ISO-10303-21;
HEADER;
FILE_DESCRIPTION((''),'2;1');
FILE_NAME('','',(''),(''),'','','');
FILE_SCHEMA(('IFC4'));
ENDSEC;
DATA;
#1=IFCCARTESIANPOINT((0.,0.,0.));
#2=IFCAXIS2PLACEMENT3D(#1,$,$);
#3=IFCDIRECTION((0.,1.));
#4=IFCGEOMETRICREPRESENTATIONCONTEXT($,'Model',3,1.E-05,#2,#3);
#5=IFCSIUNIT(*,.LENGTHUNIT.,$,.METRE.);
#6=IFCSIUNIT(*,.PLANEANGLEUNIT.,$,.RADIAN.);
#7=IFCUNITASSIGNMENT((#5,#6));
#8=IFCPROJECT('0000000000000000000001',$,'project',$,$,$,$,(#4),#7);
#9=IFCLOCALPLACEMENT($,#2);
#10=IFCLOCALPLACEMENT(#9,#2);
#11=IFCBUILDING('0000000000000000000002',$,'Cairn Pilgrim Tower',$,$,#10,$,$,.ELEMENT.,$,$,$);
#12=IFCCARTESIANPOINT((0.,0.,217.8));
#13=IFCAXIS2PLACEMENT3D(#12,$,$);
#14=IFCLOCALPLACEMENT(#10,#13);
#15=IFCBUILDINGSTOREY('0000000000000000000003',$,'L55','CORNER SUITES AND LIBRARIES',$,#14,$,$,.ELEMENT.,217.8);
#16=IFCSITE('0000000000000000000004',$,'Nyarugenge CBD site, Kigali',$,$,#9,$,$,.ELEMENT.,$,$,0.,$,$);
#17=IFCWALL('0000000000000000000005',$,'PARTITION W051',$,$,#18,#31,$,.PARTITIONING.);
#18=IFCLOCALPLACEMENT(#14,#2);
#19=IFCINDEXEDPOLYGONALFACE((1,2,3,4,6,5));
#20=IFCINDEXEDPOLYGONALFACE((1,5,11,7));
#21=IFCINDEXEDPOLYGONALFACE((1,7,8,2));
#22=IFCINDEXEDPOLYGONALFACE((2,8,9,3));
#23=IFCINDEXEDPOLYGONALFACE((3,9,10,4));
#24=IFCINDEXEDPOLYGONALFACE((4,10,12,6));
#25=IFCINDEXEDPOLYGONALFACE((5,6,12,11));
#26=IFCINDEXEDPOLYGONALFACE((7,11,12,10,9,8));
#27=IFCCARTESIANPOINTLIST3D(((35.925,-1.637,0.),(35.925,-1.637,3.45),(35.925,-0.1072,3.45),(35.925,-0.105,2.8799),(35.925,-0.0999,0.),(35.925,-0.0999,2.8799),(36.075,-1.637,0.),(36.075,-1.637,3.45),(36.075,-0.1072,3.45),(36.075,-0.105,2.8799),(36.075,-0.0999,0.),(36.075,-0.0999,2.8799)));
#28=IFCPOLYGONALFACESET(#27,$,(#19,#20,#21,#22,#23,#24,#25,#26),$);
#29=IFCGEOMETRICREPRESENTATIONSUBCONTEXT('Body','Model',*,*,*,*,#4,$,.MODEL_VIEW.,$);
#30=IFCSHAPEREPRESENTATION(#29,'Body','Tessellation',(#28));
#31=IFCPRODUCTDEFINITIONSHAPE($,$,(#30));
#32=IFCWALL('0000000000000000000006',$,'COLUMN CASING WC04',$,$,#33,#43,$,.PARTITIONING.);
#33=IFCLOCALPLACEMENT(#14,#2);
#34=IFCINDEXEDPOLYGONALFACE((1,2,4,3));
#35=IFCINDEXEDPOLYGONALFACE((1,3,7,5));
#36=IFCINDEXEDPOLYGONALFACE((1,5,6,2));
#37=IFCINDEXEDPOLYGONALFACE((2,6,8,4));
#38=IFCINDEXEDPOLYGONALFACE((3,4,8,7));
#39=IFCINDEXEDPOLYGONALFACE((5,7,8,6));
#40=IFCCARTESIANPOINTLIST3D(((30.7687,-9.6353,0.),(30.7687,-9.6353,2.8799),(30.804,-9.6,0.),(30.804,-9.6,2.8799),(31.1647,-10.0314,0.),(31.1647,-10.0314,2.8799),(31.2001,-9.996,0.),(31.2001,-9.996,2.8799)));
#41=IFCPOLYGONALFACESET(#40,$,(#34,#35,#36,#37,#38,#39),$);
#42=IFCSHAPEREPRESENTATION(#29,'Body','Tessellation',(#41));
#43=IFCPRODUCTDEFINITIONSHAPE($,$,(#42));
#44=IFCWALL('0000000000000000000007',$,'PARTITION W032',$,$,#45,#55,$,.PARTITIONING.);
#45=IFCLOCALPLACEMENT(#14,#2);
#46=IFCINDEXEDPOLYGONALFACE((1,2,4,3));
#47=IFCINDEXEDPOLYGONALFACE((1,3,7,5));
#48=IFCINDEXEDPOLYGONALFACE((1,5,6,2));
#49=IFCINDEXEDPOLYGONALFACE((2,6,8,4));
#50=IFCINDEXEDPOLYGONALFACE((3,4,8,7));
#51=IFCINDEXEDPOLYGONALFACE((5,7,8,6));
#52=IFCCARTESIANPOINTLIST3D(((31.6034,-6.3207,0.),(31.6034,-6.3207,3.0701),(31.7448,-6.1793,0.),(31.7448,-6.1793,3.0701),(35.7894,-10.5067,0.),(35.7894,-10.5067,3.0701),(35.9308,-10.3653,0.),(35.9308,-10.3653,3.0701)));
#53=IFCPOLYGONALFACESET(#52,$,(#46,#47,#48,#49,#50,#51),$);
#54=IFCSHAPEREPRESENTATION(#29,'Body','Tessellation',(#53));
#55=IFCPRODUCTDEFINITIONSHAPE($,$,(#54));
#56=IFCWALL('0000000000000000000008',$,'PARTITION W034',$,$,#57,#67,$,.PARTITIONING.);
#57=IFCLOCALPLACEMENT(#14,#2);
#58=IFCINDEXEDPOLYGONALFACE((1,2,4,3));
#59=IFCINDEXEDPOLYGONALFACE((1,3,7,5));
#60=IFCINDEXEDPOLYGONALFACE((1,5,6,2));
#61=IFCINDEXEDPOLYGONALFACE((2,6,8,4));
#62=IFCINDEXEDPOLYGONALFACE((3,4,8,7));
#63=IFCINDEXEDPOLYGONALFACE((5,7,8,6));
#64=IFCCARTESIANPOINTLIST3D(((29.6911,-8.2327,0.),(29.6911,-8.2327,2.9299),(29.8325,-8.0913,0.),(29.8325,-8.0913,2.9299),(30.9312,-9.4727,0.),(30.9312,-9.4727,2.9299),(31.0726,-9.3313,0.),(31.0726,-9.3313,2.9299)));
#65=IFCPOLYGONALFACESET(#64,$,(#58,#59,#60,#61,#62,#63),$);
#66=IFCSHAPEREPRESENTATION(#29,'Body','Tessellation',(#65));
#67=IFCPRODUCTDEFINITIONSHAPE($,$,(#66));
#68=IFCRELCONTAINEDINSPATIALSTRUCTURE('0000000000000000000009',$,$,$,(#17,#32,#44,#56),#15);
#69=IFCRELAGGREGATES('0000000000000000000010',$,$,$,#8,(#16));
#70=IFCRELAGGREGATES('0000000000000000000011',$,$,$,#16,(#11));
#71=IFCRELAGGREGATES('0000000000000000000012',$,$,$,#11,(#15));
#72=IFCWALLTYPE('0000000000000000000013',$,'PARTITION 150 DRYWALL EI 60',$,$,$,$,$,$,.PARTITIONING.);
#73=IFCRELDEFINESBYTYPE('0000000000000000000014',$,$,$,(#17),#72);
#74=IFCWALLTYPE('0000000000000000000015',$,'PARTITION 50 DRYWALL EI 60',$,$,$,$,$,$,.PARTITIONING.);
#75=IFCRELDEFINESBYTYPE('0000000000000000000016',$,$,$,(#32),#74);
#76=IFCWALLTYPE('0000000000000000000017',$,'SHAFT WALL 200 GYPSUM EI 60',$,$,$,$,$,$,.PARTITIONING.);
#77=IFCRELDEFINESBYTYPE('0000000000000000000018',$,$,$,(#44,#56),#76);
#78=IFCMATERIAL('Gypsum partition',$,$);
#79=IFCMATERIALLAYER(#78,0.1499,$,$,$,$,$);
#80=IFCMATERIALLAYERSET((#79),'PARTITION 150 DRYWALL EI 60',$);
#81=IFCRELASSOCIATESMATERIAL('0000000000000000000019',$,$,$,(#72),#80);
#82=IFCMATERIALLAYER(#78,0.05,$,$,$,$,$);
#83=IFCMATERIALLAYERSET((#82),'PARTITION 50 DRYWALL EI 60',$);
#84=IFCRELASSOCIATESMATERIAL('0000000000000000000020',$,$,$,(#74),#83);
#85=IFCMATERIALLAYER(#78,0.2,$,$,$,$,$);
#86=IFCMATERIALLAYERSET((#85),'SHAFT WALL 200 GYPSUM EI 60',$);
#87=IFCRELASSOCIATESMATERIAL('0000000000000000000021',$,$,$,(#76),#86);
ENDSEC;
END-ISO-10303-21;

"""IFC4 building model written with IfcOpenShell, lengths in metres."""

from ifc_helpers import new_model, si_unit, direction, frame, frame_2d, origin, place, context, subcontext, project, spatial, polyline, rectangle, outline, extrude, material, layer, layer_set, type_object, element, save


model = new_model("IFC4")

# Units and contexts
model_context = context("Model", 3, precision=1e-05, world=origin(), true_north=direction((0.0, 1.0)))
body_context = subcontext(model_context, "Body", "Model", "MODEL_VIEW")
ifc_project = project(units=[si_unit("LENGTHUNIT", "METRE"), si_unit("PLANEANGLEUNIT", "RADIAN")], contexts=[model_context])

# Site, building, storey
site_placement = place(None, origin())
site = spatial("IfcSite", under=ifc_project, at=site_placement, Name="Nyarugenge CBD site, Kigali", CompositionType="ELEMENT", RefElevation=0.0)
building_placement = place(site_placement, origin())
building = spatial("IfcBuilding", under=site, at=building_placement, Name="Cairn Pilgrim Tower", CompositionType="ELEMENT")
storey_placement = place(building_placement, frame((0.0, 0.0, 217.8)))
storey = spatial("IfcBuildingStorey", under=building, at=storey_placement, Name="L55", Description="CORNER SUITES AND LIBRARIES", CompositionType="ELEMENT", Elevation=217.8)

# Shared definitions
ifc_material_1 = material(Name="Gypsum partition")

# Walls
ifc_layer_1 = layer(ifc_material_1, 0.1499)
ifc_layer_set_1 = layer_set([ifc_layer_1], Name="PARTITION 150 DRYWALL EI 60")
wall_type_1 = type_object("IfcWallType", Name="PARTITION 150 DRYWALL EI 60", PredefinedType="PARTITIONING", material=ifc_layer_set_1)
wall_1_placement = place(storey_placement, frame((36.0, -1.637, 0.0), z_axis=(0.0, 0.0, 1.0), x_axis=(0.0, 1.0, 0.0)))
element("IfcWall", 1, at=wall_1_placement, inside=storey, type_object=wall_type_1, Name="PARTITION W051", PredefinedType="PARTITIONING", context=body_context, shape_type="SweptSolid", body=[
    extrude(outline(polyline([(0.0, 0.0), (1.5371, 0.0), (1.5371, 2.8799), (1.532, 2.8799), (1.5298, 3.45), (0.0, 3.45), (0.0, 0.0)])), frame((0.0, 0.075, 0.0), z_axis=(0.0, -1.0, 0.0), x_axis=(1.0, 0.0, 0.0)), (0.0, 0.0, 1.0), 0.1499),
])
ifc_layer_2 = layer(ifc_material_1, 0.05)
ifc_layer_set_2 = layer_set([ifc_layer_2], Name="PARTITION 50 DRYWALL EI 60")
wall_type_2 = type_object("IfcWallType", Name="PARTITION 50 DRYWALL EI 60", PredefinedType="PARTITIONING", material=ifc_layer_set_2)
wall_2_placement = place(storey_placement, frame((31.1824, -10.0137, 0.0), z_axis=(0.0, 0.0, 1.0), x_axis=(-0.707107, 0.707107, 0.0)))
element("IfcWall", 2, at=wall_2_placement, inside=storey, type_object=wall_type_2, Name="COLUMN CASING WC04", PredefinedType="PARTITIONING", context=body_context, shape_type="SweptSolid", body=[
    extrude(rectangle(XDim=0.5601, YDim=0.05, at=frame_2d((0.28, 0.0))), origin(), (0.0, 0.0, 1.0), 2.8799),
])
ifc_layer_3 = layer(ifc_material_1, 0.2)
ifc_layer_set_3 = layer_set([ifc_layer_3], Name="SHAFT WALL 200 GYPSUM EI 60")
wall_type_3 = type_object("IfcWallType", Name="SHAFT WALL 200 GYPSUM EI 60", PredefinedType="PARTITIONING", material=ifc_layer_set_3)
wall_3_placement = place(storey_placement, frame((35.8601, -10.436, 0.0), z_axis=(0.0, 0.0, 1.0), x_axis=(-0.707107, 0.707107, 0.0)))
element("IfcWall", 3, at=wall_3_placement, inside=storey, type_object=wall_type_3, Name="PARTITION W032", PredefinedType="PARTITIONING", context=body_context, shape_type="SweptSolid", body=[
    extrude(rectangle(XDim=5.9199, YDim=0.2, at=frame_2d((2.96, 0.0))), origin(), (0.0, 0.0, 1.0), 3.0701),
])
wall_4_placement = place(storey_placement, frame((31.002, -9.4021, 0.0), z_axis=(0.0, 0.0, 1.0), x_axis=(-0.707107, 0.707107, 0.0)))
element("IfcWall", 4, at=wall_4_placement, inside=storey, type_object=wall_type_3, Name="PARTITION W034", PredefinedType="PARTITIONING", context=body_context, shape_type="SweptSolid", body=[
    extrude(rectangle(XDim=1.7537, YDim=0.2, at=frame_2d((0.877, 0.0))), origin(), (0.0, 0.0, 1.0), 2.9299),
])

save(model, "model.ifc")
